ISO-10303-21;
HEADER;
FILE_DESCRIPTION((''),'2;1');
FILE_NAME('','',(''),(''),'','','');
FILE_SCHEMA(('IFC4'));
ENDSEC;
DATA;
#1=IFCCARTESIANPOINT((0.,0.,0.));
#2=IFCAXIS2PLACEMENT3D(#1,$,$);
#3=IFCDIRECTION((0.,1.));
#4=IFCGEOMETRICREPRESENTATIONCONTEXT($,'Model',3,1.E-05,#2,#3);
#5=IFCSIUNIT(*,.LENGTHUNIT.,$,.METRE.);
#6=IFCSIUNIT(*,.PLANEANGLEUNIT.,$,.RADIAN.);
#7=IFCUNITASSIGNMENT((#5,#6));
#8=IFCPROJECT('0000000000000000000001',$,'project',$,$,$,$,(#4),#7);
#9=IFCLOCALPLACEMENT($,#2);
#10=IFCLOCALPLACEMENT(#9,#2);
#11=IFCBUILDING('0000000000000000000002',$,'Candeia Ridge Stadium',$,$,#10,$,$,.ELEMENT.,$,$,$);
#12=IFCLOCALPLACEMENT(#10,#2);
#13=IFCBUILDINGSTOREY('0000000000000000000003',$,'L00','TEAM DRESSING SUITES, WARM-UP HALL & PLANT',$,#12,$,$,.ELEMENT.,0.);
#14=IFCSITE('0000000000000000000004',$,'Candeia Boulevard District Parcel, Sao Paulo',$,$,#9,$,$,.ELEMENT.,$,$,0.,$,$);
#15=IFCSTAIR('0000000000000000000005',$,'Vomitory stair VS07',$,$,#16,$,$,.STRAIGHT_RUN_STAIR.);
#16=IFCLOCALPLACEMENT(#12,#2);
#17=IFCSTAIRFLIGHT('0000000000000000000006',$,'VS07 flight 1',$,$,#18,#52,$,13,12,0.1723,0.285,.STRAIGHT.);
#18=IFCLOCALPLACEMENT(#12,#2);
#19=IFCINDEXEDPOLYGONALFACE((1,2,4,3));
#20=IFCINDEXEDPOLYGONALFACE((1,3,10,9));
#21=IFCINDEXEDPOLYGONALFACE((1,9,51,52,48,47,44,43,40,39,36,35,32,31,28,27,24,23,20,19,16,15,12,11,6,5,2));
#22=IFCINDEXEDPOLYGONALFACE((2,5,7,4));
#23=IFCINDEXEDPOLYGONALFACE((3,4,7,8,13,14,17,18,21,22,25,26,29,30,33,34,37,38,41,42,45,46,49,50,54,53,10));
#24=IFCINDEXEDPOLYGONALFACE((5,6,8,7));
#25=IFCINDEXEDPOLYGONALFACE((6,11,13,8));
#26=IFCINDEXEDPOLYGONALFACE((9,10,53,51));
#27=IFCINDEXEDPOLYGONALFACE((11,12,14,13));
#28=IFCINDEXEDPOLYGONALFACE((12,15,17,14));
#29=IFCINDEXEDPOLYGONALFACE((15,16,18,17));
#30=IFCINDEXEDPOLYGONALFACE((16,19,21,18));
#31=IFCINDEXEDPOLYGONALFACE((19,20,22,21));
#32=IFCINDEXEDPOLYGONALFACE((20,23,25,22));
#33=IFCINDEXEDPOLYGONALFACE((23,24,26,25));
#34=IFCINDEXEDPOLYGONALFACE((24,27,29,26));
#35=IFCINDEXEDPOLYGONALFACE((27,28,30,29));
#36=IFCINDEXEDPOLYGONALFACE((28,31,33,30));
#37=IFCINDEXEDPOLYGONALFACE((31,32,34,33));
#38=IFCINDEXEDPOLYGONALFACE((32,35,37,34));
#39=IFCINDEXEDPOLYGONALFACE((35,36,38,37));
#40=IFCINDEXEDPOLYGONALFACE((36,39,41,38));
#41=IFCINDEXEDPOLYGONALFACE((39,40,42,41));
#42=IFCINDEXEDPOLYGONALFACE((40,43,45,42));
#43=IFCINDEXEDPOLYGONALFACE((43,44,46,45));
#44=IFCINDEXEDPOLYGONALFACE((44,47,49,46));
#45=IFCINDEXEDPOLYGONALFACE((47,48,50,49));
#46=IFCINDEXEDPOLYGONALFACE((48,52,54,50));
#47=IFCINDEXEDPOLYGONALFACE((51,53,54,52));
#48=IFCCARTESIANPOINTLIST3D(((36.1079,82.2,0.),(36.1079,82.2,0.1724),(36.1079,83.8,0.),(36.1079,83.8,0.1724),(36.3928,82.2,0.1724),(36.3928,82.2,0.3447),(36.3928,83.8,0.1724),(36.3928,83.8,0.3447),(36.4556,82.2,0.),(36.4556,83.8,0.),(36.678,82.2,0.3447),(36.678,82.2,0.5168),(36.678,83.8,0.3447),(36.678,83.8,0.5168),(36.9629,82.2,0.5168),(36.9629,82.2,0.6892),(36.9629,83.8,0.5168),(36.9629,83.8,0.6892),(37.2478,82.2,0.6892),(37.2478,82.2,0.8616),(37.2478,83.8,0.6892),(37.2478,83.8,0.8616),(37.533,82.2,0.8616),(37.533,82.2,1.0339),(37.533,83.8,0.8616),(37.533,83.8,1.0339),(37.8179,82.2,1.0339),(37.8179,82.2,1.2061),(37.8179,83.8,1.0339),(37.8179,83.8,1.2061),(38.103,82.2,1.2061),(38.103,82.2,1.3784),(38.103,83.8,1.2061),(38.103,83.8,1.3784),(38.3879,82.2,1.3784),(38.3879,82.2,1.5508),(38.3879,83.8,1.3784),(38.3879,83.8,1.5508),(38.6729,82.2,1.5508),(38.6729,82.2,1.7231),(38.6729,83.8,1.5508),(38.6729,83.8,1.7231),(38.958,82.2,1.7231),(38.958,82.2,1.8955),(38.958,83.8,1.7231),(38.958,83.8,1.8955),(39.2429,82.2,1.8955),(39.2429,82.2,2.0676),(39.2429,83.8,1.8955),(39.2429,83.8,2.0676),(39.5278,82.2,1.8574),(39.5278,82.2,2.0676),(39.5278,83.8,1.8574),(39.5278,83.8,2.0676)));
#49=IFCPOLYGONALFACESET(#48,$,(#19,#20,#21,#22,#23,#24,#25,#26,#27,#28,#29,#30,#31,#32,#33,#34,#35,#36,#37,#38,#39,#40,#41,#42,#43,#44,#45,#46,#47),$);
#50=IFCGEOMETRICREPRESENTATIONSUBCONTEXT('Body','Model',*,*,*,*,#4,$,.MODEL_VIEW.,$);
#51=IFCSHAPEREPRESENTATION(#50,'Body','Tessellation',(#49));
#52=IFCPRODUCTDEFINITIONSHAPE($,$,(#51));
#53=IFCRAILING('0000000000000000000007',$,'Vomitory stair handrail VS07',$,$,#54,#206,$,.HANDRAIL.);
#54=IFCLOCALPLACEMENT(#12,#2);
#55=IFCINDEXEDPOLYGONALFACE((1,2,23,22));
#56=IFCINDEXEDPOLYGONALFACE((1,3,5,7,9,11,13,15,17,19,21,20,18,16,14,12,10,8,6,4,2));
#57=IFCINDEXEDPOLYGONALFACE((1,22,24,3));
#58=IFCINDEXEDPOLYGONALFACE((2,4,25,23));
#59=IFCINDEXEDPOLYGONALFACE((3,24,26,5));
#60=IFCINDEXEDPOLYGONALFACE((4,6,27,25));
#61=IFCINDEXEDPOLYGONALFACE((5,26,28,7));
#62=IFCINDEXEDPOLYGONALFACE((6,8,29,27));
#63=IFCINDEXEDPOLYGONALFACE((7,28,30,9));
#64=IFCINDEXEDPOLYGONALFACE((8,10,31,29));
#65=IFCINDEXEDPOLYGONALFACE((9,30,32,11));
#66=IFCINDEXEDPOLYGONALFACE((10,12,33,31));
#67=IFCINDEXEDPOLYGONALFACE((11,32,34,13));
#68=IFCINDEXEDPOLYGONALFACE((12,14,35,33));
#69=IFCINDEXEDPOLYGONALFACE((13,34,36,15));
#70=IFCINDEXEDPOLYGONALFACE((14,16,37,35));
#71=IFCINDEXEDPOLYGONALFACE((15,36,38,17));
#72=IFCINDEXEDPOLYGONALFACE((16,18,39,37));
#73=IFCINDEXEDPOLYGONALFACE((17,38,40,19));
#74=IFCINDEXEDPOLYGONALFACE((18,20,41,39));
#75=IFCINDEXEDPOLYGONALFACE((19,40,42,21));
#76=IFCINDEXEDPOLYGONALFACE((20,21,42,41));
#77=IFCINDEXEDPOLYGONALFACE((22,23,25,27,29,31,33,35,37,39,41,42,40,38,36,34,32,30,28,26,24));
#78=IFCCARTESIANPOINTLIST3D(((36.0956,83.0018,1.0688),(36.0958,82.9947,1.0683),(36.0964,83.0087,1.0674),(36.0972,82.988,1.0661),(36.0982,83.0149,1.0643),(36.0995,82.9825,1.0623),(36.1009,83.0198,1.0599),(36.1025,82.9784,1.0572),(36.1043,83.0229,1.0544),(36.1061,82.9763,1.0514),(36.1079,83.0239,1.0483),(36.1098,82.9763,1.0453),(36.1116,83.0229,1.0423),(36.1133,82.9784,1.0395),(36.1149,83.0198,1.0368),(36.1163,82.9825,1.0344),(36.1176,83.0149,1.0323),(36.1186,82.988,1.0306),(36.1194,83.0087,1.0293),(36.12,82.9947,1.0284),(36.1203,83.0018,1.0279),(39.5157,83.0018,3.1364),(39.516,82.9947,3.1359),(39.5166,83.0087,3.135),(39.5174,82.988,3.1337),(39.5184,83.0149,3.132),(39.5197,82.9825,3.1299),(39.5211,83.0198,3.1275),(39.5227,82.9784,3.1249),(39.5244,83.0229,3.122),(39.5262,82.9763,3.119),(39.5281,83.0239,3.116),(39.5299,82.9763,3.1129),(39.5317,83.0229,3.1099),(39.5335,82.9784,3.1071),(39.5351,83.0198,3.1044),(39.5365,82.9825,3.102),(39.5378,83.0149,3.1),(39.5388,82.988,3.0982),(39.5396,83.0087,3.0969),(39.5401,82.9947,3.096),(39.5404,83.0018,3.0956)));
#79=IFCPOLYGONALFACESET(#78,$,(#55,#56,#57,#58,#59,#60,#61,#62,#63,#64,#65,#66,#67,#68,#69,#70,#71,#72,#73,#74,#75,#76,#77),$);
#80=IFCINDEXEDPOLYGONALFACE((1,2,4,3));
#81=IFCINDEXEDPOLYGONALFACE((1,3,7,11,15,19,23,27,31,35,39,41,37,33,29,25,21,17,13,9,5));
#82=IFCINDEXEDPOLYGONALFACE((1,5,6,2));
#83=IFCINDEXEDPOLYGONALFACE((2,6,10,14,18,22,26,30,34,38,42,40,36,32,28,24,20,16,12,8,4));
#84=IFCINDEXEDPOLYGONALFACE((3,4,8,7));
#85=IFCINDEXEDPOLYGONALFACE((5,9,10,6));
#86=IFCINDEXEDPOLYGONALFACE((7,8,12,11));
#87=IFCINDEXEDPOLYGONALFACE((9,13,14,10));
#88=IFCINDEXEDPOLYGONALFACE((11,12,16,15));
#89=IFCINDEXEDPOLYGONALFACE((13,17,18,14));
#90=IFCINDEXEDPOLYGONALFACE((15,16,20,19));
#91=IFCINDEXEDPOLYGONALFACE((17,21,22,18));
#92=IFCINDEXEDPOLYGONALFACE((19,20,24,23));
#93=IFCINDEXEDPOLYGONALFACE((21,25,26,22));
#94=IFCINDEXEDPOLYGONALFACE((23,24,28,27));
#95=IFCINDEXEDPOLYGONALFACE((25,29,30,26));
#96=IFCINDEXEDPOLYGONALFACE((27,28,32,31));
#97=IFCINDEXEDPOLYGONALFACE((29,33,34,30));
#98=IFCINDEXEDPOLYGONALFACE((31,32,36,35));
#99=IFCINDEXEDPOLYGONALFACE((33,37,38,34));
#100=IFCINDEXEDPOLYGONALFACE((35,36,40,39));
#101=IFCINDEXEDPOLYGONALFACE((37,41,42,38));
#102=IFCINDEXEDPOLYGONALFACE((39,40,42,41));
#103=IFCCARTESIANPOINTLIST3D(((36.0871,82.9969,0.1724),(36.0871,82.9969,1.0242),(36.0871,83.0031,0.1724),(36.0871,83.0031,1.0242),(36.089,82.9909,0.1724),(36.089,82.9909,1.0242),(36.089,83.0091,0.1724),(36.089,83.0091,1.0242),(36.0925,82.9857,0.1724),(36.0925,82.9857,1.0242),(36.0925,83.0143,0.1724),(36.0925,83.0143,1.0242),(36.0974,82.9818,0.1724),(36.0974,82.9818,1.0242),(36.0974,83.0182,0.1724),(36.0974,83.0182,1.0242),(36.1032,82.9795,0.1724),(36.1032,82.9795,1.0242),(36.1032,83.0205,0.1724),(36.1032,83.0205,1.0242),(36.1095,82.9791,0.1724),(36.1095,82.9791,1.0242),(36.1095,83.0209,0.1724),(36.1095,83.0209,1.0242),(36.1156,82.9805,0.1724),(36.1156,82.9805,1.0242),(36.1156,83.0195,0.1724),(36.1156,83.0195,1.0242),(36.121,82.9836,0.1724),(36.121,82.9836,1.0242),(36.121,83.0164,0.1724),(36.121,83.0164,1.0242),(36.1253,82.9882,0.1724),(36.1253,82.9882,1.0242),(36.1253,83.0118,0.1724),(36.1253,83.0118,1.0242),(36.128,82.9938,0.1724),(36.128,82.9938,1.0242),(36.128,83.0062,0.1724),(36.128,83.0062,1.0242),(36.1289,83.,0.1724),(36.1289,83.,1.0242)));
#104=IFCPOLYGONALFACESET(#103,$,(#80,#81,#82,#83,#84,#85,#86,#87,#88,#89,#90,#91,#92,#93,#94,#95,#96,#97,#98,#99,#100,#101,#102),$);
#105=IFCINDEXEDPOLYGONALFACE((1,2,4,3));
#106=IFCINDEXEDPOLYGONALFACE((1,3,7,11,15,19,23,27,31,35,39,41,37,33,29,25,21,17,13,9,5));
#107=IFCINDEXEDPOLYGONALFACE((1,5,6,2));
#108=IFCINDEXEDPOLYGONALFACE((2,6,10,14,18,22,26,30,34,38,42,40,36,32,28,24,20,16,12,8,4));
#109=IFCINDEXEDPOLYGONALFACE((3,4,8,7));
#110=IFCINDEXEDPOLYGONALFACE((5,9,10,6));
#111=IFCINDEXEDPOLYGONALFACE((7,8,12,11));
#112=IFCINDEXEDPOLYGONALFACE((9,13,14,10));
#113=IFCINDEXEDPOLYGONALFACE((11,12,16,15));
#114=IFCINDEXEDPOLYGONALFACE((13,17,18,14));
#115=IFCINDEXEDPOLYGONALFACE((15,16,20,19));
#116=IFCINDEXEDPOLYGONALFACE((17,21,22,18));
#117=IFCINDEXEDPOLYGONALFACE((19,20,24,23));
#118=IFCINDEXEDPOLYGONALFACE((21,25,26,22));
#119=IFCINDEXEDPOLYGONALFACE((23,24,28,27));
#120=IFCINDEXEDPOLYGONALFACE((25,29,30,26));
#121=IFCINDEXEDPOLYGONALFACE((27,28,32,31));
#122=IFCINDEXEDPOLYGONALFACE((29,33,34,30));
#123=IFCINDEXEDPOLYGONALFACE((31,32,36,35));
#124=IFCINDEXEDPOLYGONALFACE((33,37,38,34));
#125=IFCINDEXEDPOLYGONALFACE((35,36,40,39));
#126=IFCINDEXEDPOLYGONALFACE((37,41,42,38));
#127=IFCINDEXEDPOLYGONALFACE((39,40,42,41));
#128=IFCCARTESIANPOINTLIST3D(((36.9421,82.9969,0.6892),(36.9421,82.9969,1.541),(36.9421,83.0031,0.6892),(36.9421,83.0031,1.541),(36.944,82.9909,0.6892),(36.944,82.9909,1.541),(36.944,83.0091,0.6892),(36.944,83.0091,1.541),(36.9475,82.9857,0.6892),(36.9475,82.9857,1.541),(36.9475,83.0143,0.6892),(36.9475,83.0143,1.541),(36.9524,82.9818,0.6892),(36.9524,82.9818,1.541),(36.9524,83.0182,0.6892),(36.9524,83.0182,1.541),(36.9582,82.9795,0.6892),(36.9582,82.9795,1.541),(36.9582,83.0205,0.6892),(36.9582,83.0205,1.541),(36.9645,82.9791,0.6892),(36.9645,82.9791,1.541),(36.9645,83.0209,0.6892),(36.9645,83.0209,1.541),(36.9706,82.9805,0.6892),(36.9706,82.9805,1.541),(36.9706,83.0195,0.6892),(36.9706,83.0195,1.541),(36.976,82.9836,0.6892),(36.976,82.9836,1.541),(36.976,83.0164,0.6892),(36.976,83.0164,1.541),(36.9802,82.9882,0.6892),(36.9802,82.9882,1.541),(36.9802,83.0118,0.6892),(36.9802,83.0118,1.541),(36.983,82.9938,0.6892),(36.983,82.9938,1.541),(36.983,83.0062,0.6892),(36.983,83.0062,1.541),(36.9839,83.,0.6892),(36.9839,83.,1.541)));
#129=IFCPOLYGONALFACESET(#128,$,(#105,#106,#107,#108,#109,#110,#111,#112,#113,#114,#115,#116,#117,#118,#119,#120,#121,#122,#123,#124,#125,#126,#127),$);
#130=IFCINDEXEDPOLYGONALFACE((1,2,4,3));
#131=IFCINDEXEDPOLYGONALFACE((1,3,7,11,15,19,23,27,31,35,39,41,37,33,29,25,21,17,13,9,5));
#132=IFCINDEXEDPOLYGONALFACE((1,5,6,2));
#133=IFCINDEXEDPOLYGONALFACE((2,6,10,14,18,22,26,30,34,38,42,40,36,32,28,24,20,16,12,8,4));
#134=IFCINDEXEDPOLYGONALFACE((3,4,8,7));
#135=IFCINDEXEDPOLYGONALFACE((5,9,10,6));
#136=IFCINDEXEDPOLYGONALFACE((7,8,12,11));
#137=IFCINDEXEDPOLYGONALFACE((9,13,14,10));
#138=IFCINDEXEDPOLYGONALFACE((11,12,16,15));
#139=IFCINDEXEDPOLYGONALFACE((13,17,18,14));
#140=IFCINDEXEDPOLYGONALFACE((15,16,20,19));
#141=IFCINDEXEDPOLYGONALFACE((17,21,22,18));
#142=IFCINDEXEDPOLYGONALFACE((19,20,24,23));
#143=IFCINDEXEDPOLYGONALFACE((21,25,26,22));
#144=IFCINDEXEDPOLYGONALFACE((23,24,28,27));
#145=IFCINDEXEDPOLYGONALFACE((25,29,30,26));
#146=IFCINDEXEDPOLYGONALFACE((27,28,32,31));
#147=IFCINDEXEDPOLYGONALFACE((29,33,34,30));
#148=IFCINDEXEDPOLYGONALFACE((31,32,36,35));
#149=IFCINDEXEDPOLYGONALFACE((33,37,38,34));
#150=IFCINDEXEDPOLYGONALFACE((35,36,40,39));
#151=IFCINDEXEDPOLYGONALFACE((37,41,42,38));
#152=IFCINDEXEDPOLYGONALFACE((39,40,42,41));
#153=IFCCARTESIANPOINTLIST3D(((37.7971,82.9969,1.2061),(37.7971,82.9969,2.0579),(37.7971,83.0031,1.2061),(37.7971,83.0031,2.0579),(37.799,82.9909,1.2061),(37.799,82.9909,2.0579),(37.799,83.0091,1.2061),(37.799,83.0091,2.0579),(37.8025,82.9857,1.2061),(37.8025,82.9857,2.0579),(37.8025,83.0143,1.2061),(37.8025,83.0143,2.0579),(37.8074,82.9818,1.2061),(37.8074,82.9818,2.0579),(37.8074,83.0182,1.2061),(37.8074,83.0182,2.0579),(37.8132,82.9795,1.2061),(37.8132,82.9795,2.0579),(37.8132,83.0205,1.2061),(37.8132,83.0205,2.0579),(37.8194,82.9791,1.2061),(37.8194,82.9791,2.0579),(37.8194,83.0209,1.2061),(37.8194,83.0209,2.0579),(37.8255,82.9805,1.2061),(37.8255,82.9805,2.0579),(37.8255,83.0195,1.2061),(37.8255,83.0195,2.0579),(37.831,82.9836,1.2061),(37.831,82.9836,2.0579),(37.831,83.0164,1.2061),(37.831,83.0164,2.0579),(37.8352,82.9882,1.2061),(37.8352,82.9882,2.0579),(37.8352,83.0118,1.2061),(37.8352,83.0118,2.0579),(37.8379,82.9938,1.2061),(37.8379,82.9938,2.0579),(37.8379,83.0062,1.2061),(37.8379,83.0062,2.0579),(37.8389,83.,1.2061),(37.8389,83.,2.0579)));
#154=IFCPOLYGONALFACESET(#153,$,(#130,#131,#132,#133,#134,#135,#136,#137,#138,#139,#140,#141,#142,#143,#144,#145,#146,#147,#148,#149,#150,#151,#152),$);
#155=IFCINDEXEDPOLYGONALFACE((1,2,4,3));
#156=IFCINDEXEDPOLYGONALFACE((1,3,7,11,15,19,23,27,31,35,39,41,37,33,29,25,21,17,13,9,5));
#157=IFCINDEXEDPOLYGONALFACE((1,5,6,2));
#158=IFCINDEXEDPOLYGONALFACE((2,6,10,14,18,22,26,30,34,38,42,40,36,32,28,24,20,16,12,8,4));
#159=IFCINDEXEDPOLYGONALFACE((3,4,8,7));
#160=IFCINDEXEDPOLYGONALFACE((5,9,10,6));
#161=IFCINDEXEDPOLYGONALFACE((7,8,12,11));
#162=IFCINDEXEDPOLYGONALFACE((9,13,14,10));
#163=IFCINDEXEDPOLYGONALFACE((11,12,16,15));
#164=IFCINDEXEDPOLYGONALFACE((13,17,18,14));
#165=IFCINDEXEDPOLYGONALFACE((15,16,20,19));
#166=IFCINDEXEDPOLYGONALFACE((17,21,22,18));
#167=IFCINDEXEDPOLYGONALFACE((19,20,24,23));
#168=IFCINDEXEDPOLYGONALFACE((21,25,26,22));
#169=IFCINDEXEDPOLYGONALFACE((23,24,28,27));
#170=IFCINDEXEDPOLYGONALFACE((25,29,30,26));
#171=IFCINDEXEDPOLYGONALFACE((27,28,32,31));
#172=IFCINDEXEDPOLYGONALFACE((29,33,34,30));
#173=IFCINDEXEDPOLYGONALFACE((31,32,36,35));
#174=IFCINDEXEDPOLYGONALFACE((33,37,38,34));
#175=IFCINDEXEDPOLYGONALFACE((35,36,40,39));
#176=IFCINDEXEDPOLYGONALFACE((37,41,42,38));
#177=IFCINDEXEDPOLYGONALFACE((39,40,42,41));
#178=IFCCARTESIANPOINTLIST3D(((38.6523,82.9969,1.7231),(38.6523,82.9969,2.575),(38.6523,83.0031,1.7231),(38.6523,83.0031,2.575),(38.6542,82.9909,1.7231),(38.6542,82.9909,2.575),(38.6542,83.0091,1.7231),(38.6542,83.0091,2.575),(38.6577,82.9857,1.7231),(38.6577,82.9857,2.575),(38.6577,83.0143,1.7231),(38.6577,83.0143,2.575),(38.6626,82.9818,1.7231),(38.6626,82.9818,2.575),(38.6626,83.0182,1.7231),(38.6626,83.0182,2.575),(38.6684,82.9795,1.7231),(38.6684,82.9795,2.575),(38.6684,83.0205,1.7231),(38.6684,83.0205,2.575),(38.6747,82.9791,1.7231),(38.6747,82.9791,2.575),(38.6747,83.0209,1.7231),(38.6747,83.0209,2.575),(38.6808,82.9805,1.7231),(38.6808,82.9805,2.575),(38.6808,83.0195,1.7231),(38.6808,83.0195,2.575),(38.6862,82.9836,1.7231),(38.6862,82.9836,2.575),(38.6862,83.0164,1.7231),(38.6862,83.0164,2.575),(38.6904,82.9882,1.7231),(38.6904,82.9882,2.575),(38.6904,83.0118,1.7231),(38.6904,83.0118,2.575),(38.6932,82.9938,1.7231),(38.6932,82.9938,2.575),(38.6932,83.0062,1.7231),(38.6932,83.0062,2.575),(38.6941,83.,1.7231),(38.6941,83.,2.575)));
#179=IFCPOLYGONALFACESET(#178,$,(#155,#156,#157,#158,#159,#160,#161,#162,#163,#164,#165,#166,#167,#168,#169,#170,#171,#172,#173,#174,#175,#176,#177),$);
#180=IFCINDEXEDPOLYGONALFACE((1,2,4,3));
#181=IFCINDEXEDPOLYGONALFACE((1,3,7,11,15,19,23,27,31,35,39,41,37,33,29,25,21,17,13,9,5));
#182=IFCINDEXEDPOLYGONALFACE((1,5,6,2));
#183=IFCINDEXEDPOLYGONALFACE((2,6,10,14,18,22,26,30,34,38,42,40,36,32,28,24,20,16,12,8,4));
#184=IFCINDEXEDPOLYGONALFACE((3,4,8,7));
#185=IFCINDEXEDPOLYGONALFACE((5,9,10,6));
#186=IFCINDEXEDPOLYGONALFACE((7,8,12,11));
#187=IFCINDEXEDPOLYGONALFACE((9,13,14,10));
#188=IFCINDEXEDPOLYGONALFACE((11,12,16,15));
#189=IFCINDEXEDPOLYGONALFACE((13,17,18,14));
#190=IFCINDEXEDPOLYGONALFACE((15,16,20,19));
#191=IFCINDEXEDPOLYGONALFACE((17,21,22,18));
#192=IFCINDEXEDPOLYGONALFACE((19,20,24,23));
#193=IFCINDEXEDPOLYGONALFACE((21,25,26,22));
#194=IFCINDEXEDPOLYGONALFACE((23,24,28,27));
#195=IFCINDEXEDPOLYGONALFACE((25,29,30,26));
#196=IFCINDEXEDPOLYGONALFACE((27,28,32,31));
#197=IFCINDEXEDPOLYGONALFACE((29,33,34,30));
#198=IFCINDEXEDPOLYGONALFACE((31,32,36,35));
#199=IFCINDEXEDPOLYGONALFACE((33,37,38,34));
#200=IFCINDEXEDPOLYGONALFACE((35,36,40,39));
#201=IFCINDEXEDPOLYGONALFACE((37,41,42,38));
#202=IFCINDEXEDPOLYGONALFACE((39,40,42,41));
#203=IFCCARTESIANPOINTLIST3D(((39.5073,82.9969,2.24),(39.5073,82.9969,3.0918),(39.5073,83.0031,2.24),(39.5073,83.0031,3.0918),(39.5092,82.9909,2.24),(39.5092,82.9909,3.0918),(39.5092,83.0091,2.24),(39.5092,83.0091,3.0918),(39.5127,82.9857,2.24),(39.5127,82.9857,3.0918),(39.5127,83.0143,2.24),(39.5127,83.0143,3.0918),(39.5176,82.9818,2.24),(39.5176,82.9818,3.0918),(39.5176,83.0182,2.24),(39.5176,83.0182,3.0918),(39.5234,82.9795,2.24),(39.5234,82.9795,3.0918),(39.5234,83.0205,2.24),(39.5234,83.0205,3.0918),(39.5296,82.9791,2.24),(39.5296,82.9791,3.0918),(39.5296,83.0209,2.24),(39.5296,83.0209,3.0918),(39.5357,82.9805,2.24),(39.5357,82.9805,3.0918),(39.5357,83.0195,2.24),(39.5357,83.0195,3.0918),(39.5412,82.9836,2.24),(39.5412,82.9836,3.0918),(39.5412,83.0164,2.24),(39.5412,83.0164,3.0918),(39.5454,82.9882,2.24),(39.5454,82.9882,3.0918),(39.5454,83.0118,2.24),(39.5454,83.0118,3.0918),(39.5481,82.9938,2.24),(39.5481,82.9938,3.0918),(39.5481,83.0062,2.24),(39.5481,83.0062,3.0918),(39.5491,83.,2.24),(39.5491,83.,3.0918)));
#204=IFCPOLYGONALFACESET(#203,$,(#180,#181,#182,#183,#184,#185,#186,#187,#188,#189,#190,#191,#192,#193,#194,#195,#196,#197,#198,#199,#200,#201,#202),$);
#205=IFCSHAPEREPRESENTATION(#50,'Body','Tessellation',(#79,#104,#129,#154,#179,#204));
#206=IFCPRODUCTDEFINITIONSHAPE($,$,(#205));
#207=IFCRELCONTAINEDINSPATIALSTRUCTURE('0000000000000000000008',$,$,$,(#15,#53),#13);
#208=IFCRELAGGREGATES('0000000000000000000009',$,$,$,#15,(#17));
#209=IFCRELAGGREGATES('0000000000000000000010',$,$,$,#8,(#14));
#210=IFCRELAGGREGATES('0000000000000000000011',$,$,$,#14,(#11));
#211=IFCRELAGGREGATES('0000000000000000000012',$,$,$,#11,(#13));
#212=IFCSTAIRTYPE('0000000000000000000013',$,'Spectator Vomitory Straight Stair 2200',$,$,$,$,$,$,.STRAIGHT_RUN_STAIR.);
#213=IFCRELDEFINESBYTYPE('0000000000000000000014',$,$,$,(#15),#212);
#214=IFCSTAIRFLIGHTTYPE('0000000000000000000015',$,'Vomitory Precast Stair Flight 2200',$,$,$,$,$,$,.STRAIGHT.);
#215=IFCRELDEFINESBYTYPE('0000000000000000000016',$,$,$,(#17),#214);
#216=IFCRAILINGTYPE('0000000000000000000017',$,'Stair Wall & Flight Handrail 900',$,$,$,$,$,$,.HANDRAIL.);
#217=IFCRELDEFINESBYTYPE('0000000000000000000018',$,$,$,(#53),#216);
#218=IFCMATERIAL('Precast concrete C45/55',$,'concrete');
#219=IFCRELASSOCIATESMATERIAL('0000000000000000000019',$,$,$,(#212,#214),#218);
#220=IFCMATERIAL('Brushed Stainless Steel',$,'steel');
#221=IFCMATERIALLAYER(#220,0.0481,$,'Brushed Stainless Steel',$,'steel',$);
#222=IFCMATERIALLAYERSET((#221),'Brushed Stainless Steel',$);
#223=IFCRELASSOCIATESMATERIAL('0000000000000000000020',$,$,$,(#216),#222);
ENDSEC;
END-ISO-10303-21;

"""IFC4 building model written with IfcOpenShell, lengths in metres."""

from ifc_helpers import new_model, si_unit, direction, frame, origin, origin_2d, place, context, subcontext, project, spatial, polyline, circle, outline, extrude, material, layer, layer_set, type_object, element, aggregate, save


model = new_model("IFC4")

# Units and contexts
model_context = context("Model", 3, precision=1e-05, world=origin(), true_north=direction((0.0, 1.0)))
body_context = subcontext(model_context, "Body", "Model", "MODEL_VIEW")
ifc_project = project(units=[si_unit("LENGTHUNIT", "METRE"), si_unit("PLANEANGLEUNIT", "RADIAN")], contexts=[model_context])

# Site, building, storey
site_placement = place(None, origin())
site = spatial("IfcSite", under=ifc_project, at=site_placement, Name="Candeia Boulevard District Parcel, Sao Paulo", CompositionType="ELEMENT", RefElevation=0.0)
building_placement = place(site_placement, origin())
building = spatial("IfcBuilding", under=site, at=building_placement, Name="Candeia Ridge Stadium", CompositionType="ELEMENT")
storey_placement = place(building_placement, origin())
storey = spatial("IfcBuildingStorey", under=building, at=storey_placement, Name="L00", Description="TEAM DRESSING SUITES, WARM-UP HALL & PLANT", CompositionType="ELEMENT", Elevation=0.0)

# Shared definitions
ifc_material_1 = material(Name="Precast concrete C45/55", Category="concrete")

# Stair, stair flight
stair_type = type_object("IfcStairType", Name="Spectator Vomitory Straight Stair 2200", PredefinedType="STRAIGHT_RUN_STAIR", material=ifc_material_1)
stair_placement = place(storey_placement, origin())
stair = element("IfcStair", 1, at=stair_placement, inside=storey, type_object=stair_type, Name="Vomitory stair VS07", PredefinedType="STRAIGHT_RUN_STAIR")
stair_flight_type = type_object("IfcStairFlightType", Name="Vomitory Precast Stair Flight 2200", PredefinedType="STRAIGHT", material=ifc_material_1)
stair_flight_placement = place(storey_placement, frame((36.1079, 83.0, 0.0), z_axis=(0.0, 0.0, 1.0), x_axis=(1.0, 0.0, 0.0)))
stair_flight = element("IfcStairFlight", 2, at=stair_flight_placement, type_object=stair_flight_type, Name="VS07 flight 1", NumberOfRisers=13, NumberOfTreads=12, PredefinedType="STRAIGHT", RiserHeight=0.1723, TreadLength=0.285, context=body_context, shape_type="SweptSolid", body=[
    extrude(outline(polyline([(0.0, 0.0), (0.0, 0.1724), (0.2849, 0.1724), (0.2849, 0.3447), (0.5701, 0.3447), (0.5701, 0.5168), (0.855, 0.5168), (0.855, 0.6892), (1.1399, 0.6892), (1.1399, 0.8616), (1.425, 0.8616), (1.425, 1.0339), (1.71, 1.0339), (1.71, 1.2061), (1.9951, 1.2061), (1.9951, 1.3784), (2.28, 1.3784), (2.28, 1.5508), (2.5649, 1.5508), (2.5649, 1.7231), (2.8501, 1.7231), (2.8501, 1.8955), (3.135, 1.8955), (3.135, 2.0676), (3.4199, 2.0676), (3.4199, 2.24), (3.4199, 1.8574), (0.3477, 0.0), (0.0, 0.0)])), frame((0.0, 0.8, 0.0), z_axis=(0.0, -1.0, 0.0), x_axis=(1.0, 0.0, 0.0)), (0.0, 0.0, 1.0), 1.6001),
])
aggregate(stair, [stair_flight])

# Railing
ifc_material_2 = material(Name="Brushed Stainless Steel", Category="steel")
ifc_layer_1 = layer(ifc_material_2, 0.0481, Name="Brushed Stainless Steel", Category="steel")
ifc_layer_set_1 = layer_set([ifc_layer_1], Name="Brushed Stainless Steel")
railing_type_1 = type_object("IfcRailingType", Name="Stair Wall & Flight Handrail 900", PredefinedType="HANDRAIL", material=ifc_layer_set_1)
railing_1_placement = place(storey_placement, frame((36.1079, 83.0, 0.1724)))
element("IfcRailing", 3, at=railing_1_placement, inside=storey, type_object=railing_type_1, Name="Vomitory stair handrail VS07", PredefinedType="HANDRAIL", context=body_context, shape_type="SweptSolid", body=[
    extrude(circle(Radius=0.0239, at=origin_2d()), frame((0.0, 0.0, 0.876), z_axis=(0.855774, 0.0, 0.51735), x_axis=(0.0, 1.0, 0.0)), (0.0, 0.0, 1.0), 3.9966),
    extrude(circle(Radius=0.021, at=origin_2d()), origin(), (0.0, 0.0, 1.0), 0.8518),
    extrude(circle(Radius=0.021, at=origin_2d()), frame((0.855, 0.0, 0.5168)), (0.0, 0.0, 1.0), 0.8518),
    extrude(circle(Radius=0.021, at=origin_2d()), frame((1.71, 0.0, 1.0337)), (0.0, 0.0, 1.0), 0.8518),
    extrude(circle(Radius=0.021, at=origin_2d()), frame((2.5652, 0.0, 1.5508)), (0.0, 0.0, 1.0), 0.8518),
    extrude(circle(Radius=0.021, at=origin_2d()), frame((3.4202, 0.0, 2.0676)), (0.0, 0.0, 1.0), 0.8518),
])

save(model, "model.ifc")
